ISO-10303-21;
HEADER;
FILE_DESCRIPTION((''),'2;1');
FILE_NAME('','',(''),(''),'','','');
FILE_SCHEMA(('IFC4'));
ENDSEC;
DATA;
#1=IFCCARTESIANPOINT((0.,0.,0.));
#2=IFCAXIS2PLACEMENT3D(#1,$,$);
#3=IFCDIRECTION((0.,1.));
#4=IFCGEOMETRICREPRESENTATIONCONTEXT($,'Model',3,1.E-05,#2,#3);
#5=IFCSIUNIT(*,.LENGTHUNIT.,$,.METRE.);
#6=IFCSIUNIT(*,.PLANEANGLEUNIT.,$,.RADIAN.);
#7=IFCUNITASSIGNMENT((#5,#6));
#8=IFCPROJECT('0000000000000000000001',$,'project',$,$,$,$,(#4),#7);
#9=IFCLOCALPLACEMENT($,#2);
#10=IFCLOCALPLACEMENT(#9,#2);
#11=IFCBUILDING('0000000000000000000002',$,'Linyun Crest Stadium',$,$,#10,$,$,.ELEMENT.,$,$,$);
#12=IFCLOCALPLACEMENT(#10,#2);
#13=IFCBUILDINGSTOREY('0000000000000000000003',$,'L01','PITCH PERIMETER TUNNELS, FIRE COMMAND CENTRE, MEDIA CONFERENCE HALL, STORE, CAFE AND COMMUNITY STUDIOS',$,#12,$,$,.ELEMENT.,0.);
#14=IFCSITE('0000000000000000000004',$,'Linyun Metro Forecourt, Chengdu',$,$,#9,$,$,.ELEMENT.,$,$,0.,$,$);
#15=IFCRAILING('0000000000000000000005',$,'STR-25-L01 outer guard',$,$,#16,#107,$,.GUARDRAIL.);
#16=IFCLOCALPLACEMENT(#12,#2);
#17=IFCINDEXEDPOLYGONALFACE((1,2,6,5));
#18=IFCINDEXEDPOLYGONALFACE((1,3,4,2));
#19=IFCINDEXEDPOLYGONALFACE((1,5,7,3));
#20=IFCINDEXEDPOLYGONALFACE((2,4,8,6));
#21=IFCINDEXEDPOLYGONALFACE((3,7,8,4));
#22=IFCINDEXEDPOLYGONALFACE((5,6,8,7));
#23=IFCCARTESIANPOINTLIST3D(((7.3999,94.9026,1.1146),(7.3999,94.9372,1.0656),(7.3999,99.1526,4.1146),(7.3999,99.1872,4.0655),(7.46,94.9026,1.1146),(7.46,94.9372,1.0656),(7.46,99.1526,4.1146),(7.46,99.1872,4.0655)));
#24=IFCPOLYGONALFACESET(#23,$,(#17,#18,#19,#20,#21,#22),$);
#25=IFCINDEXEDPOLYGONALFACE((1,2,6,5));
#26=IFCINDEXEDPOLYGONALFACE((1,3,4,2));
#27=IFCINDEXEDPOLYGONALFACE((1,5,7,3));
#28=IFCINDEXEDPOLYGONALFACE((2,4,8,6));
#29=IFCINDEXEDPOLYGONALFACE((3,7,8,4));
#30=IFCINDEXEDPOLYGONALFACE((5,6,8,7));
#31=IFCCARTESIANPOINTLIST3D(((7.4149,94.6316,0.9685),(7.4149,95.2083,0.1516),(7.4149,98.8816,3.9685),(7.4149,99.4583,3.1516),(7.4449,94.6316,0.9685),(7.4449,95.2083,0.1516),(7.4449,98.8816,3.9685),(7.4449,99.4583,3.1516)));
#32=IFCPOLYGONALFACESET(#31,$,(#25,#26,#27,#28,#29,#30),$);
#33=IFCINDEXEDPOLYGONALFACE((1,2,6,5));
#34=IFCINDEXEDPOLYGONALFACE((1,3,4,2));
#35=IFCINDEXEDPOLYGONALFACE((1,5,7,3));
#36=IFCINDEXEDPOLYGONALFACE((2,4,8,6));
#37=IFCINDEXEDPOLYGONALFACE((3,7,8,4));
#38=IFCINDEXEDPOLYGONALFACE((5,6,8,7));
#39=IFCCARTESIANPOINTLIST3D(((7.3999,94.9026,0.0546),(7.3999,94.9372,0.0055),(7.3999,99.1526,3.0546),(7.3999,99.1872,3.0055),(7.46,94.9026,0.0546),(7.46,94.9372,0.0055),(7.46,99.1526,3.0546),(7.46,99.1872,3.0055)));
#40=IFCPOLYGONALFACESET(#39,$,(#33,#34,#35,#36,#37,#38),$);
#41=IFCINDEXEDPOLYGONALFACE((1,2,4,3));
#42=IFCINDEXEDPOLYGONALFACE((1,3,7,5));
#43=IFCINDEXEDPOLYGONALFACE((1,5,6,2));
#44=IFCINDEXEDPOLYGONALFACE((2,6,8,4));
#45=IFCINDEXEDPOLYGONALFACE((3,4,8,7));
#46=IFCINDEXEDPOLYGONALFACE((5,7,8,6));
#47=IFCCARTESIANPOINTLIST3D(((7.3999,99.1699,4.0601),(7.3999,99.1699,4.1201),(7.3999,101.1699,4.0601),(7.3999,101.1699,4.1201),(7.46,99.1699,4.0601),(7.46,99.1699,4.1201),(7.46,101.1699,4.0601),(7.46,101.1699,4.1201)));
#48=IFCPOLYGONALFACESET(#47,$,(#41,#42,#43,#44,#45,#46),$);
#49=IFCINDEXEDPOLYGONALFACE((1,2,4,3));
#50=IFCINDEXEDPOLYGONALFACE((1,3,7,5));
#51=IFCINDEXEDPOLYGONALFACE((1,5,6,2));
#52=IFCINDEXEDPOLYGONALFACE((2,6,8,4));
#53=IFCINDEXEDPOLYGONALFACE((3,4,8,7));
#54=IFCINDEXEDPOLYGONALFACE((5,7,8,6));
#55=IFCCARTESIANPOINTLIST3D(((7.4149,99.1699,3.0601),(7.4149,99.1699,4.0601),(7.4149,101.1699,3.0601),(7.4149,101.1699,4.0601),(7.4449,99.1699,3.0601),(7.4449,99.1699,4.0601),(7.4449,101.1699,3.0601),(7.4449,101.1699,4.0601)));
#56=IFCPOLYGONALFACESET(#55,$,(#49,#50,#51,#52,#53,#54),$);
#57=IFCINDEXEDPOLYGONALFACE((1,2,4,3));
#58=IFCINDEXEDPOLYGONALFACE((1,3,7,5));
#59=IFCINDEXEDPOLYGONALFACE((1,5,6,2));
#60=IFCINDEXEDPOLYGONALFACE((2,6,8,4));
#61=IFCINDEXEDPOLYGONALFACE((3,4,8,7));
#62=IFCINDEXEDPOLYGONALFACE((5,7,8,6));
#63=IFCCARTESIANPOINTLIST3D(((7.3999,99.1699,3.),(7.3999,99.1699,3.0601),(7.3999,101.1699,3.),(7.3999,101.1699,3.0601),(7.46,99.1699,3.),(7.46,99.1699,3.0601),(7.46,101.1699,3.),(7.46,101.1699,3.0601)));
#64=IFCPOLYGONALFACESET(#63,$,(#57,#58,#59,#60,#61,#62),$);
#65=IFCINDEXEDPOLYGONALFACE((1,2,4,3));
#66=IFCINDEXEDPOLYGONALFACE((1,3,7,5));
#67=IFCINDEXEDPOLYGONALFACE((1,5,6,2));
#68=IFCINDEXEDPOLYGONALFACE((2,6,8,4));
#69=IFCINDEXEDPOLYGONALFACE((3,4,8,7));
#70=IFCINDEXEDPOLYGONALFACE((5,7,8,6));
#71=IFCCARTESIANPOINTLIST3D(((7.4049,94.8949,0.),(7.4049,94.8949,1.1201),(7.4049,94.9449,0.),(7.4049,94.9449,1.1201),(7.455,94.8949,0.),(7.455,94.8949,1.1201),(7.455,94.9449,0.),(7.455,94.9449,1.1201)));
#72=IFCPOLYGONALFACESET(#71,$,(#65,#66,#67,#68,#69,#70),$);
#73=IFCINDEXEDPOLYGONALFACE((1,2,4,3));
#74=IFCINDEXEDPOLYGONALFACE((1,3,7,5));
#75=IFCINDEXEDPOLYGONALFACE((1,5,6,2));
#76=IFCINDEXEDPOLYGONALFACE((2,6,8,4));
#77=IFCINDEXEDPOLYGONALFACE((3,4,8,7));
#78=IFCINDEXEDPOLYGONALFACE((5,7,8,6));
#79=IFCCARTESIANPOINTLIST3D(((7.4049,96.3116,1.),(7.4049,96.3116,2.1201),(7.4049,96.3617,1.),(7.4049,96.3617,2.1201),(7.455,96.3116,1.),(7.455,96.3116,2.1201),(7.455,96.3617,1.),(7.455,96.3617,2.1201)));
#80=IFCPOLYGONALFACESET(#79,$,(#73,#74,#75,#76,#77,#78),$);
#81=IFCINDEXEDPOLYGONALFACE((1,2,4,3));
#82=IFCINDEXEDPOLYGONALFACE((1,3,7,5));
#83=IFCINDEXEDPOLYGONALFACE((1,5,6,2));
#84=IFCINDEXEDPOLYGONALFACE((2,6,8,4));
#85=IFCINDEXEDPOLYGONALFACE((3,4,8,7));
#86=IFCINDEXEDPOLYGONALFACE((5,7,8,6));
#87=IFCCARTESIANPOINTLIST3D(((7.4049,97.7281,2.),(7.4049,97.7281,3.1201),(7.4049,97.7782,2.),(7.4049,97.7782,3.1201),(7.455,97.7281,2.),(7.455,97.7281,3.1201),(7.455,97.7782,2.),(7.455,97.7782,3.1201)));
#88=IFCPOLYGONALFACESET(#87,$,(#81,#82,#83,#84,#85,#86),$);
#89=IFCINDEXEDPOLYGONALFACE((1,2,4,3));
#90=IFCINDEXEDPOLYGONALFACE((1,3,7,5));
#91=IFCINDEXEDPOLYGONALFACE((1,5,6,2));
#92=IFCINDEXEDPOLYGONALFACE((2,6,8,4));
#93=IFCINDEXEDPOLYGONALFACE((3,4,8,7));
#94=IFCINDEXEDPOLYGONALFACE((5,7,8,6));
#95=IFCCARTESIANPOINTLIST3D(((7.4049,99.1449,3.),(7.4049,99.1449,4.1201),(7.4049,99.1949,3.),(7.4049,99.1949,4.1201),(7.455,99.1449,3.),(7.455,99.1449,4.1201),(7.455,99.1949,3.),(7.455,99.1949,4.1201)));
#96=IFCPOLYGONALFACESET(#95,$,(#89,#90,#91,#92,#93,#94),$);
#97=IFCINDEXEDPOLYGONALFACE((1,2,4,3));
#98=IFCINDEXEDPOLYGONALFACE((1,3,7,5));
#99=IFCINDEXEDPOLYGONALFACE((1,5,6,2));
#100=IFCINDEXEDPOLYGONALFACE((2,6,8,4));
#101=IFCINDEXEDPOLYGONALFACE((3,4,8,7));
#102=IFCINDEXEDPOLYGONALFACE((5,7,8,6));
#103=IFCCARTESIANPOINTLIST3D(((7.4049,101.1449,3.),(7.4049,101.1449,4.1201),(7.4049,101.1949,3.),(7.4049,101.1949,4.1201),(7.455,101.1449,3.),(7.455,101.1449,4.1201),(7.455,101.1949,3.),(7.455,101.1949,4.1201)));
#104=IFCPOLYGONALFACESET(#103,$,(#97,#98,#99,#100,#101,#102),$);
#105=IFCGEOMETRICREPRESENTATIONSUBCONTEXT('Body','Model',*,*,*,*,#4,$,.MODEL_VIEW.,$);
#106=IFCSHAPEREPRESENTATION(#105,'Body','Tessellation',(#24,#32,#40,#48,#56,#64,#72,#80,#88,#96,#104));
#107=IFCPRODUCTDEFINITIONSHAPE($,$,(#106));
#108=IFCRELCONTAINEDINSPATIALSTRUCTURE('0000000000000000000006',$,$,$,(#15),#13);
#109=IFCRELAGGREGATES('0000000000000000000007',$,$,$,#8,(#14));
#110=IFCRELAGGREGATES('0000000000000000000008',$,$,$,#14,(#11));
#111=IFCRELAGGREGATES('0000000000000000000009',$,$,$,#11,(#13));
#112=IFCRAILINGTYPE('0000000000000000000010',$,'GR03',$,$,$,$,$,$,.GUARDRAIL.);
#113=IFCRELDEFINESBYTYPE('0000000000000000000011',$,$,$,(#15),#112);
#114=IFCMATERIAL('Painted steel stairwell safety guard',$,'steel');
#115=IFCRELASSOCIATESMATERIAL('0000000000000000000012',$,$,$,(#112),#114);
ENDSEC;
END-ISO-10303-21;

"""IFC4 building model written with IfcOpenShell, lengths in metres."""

from ifc_helpers import new_model, si_unit, direction, frame, origin, origin_2d, place, context, subcontext, project, spatial, rectangle, extrude, material, type_object, element, save


model = new_model("IFC4")

# Units and contexts
model_context = context("Model", 3, precision=1e-05, world=origin(), true_north=direction((0.0, 1.0)))
body_context = subcontext(model_context, "Body", "Model", "MODEL_VIEW")
ifc_project = project(units=[si_unit("LENGTHUNIT", "METRE"), si_unit("PLANEANGLEUNIT", "RADIAN")], contexts=[model_context])

# Site, building, storey
site_placement = place(None, origin())
site = spatial("IfcSite", under=ifc_project, at=site_placement, Name="Linyun Metro Forecourt, Chengdu", CompositionType="ELEMENT", RefElevation=0.0)
building_placement = place(site_placement, origin())
building = spatial("IfcBuilding", under=site, at=building_placement, Name="Linyun Crest Stadium", CompositionType="ELEMENT")
storey_placement = place(building_placement, origin())
storey = spatial("IfcBuildingStorey", under=building, at=storey_placement, Name="L01", Description="PITCH PERIMETER TUNNELS, FIRE COMMAND CENTRE, MEDIA CONFERENCE HALL, STORE, CAFE AND COMMUNITY STUDIOS", CompositionType="ELEMENT", Elevation=0.0)

# Railing
ifc_material_1 = material(Name="Painted steel stairwell safety guard", Category="steel")
railing_type_1 = type_object("IfcRailingType", Name="GR03", PredefinedType="GUARDRAIL", material=ifc_material_1)
railing_1_placement = place(storey_placement, frame((7.4299, 94.9199, 0.0)))
element("IfcRailing", 1, at=railing_1_placement, inside=storey, type_object=railing_type_1, Name="STR-25-L01 outer guard", PredefinedType="GUARDRAIL", context=body_context, shape_type="SweptSolid", body=[
    extrude(rectangle(XDim=0.0601, YDim=0.0601, at=origin_2d()), frame((0.0, 0.0, 1.0901), z_axis=(0.0, 0.816968, 0.576683), x_axis=(-1.0, 0.0, 0.0)), (0.0, 0.0, 1.0), 5.2021),
    extrude(rectangle(XDim=0.03, YDim=1.0, at=origin_2d()), frame((0.0, 0.0, 0.5601), z_axis=(0.0, 0.816968, 0.576683), x_axis=(-1.0, 0.0, 0.0)), (0.0, 0.0, 1.0), 5.2021),
    extrude(rectangle(XDim=0.0601, YDim=0.0601, at=origin_2d()), frame((0.0, 0.0, 0.03), z_axis=(0.0, 0.816968, 0.576683), x_axis=(-1.0, 0.0, 0.0)), (0.0, 0.0, 1.0), 5.2021),
    extrude(rectangle(XDim=0.0601, YDim=0.0601, at=origin_2d()), frame((0.0, 4.25, 4.0901), z_axis=(0.0, 1.0, 0.0), x_axis=(-1.0, 0.0, 0.0)), (0.0, 0.0, 1.0), 2.0),
    extrude(rectangle(XDim=0.03, YDim=1.0, at=origin_2d()), frame((0.0, 4.25, 3.5601), z_axis=(0.0, 1.0, 0.0), x_axis=(-1.0, 0.0, 0.0)), (0.0, 0.0, 1.0), 2.0),
    extrude(rectangle(XDim=0.0601, YDim=0.0601, at=origin_2d()), frame((0.0, 4.25, 3.03), z_axis=(0.0, 1.0, 0.0), x_axis=(-1.0, 0.0, 0.0)), (0.0, 0.0, 1.0), 2.0),
    extrude(rectangle(XDim=0.05, YDim=0.05, at=origin_2d()), origin(), (0.0, 0.0, 1.0), 1.1201),
    extrude(rectangle(XDim=0.05, YDim=0.05, at=origin_2d()), frame((0.0, 1.4167, 1.0)), (0.0, 0.0, 1.0), 1.1201),
    extrude(rectangle(XDim=0.05, YDim=0.05, at=origin_2d()), frame((0.0, 2.8333, 2.0)), (0.0, 0.0, 1.0), 1.1201),
    extrude(rectangle(XDim=0.05, YDim=0.05, at=origin_2d()), frame((0.0, 4.25, 3.0)), (0.0, 0.0, 1.0), 1.1201),
    extrude(rectangle(XDim=0.05, YDim=0.05, at=origin_2d()), frame((0.0, 6.25, 3.0)), (0.0, 0.0, 1.0), 1.1201),
])

save(model, "model.ifc")
